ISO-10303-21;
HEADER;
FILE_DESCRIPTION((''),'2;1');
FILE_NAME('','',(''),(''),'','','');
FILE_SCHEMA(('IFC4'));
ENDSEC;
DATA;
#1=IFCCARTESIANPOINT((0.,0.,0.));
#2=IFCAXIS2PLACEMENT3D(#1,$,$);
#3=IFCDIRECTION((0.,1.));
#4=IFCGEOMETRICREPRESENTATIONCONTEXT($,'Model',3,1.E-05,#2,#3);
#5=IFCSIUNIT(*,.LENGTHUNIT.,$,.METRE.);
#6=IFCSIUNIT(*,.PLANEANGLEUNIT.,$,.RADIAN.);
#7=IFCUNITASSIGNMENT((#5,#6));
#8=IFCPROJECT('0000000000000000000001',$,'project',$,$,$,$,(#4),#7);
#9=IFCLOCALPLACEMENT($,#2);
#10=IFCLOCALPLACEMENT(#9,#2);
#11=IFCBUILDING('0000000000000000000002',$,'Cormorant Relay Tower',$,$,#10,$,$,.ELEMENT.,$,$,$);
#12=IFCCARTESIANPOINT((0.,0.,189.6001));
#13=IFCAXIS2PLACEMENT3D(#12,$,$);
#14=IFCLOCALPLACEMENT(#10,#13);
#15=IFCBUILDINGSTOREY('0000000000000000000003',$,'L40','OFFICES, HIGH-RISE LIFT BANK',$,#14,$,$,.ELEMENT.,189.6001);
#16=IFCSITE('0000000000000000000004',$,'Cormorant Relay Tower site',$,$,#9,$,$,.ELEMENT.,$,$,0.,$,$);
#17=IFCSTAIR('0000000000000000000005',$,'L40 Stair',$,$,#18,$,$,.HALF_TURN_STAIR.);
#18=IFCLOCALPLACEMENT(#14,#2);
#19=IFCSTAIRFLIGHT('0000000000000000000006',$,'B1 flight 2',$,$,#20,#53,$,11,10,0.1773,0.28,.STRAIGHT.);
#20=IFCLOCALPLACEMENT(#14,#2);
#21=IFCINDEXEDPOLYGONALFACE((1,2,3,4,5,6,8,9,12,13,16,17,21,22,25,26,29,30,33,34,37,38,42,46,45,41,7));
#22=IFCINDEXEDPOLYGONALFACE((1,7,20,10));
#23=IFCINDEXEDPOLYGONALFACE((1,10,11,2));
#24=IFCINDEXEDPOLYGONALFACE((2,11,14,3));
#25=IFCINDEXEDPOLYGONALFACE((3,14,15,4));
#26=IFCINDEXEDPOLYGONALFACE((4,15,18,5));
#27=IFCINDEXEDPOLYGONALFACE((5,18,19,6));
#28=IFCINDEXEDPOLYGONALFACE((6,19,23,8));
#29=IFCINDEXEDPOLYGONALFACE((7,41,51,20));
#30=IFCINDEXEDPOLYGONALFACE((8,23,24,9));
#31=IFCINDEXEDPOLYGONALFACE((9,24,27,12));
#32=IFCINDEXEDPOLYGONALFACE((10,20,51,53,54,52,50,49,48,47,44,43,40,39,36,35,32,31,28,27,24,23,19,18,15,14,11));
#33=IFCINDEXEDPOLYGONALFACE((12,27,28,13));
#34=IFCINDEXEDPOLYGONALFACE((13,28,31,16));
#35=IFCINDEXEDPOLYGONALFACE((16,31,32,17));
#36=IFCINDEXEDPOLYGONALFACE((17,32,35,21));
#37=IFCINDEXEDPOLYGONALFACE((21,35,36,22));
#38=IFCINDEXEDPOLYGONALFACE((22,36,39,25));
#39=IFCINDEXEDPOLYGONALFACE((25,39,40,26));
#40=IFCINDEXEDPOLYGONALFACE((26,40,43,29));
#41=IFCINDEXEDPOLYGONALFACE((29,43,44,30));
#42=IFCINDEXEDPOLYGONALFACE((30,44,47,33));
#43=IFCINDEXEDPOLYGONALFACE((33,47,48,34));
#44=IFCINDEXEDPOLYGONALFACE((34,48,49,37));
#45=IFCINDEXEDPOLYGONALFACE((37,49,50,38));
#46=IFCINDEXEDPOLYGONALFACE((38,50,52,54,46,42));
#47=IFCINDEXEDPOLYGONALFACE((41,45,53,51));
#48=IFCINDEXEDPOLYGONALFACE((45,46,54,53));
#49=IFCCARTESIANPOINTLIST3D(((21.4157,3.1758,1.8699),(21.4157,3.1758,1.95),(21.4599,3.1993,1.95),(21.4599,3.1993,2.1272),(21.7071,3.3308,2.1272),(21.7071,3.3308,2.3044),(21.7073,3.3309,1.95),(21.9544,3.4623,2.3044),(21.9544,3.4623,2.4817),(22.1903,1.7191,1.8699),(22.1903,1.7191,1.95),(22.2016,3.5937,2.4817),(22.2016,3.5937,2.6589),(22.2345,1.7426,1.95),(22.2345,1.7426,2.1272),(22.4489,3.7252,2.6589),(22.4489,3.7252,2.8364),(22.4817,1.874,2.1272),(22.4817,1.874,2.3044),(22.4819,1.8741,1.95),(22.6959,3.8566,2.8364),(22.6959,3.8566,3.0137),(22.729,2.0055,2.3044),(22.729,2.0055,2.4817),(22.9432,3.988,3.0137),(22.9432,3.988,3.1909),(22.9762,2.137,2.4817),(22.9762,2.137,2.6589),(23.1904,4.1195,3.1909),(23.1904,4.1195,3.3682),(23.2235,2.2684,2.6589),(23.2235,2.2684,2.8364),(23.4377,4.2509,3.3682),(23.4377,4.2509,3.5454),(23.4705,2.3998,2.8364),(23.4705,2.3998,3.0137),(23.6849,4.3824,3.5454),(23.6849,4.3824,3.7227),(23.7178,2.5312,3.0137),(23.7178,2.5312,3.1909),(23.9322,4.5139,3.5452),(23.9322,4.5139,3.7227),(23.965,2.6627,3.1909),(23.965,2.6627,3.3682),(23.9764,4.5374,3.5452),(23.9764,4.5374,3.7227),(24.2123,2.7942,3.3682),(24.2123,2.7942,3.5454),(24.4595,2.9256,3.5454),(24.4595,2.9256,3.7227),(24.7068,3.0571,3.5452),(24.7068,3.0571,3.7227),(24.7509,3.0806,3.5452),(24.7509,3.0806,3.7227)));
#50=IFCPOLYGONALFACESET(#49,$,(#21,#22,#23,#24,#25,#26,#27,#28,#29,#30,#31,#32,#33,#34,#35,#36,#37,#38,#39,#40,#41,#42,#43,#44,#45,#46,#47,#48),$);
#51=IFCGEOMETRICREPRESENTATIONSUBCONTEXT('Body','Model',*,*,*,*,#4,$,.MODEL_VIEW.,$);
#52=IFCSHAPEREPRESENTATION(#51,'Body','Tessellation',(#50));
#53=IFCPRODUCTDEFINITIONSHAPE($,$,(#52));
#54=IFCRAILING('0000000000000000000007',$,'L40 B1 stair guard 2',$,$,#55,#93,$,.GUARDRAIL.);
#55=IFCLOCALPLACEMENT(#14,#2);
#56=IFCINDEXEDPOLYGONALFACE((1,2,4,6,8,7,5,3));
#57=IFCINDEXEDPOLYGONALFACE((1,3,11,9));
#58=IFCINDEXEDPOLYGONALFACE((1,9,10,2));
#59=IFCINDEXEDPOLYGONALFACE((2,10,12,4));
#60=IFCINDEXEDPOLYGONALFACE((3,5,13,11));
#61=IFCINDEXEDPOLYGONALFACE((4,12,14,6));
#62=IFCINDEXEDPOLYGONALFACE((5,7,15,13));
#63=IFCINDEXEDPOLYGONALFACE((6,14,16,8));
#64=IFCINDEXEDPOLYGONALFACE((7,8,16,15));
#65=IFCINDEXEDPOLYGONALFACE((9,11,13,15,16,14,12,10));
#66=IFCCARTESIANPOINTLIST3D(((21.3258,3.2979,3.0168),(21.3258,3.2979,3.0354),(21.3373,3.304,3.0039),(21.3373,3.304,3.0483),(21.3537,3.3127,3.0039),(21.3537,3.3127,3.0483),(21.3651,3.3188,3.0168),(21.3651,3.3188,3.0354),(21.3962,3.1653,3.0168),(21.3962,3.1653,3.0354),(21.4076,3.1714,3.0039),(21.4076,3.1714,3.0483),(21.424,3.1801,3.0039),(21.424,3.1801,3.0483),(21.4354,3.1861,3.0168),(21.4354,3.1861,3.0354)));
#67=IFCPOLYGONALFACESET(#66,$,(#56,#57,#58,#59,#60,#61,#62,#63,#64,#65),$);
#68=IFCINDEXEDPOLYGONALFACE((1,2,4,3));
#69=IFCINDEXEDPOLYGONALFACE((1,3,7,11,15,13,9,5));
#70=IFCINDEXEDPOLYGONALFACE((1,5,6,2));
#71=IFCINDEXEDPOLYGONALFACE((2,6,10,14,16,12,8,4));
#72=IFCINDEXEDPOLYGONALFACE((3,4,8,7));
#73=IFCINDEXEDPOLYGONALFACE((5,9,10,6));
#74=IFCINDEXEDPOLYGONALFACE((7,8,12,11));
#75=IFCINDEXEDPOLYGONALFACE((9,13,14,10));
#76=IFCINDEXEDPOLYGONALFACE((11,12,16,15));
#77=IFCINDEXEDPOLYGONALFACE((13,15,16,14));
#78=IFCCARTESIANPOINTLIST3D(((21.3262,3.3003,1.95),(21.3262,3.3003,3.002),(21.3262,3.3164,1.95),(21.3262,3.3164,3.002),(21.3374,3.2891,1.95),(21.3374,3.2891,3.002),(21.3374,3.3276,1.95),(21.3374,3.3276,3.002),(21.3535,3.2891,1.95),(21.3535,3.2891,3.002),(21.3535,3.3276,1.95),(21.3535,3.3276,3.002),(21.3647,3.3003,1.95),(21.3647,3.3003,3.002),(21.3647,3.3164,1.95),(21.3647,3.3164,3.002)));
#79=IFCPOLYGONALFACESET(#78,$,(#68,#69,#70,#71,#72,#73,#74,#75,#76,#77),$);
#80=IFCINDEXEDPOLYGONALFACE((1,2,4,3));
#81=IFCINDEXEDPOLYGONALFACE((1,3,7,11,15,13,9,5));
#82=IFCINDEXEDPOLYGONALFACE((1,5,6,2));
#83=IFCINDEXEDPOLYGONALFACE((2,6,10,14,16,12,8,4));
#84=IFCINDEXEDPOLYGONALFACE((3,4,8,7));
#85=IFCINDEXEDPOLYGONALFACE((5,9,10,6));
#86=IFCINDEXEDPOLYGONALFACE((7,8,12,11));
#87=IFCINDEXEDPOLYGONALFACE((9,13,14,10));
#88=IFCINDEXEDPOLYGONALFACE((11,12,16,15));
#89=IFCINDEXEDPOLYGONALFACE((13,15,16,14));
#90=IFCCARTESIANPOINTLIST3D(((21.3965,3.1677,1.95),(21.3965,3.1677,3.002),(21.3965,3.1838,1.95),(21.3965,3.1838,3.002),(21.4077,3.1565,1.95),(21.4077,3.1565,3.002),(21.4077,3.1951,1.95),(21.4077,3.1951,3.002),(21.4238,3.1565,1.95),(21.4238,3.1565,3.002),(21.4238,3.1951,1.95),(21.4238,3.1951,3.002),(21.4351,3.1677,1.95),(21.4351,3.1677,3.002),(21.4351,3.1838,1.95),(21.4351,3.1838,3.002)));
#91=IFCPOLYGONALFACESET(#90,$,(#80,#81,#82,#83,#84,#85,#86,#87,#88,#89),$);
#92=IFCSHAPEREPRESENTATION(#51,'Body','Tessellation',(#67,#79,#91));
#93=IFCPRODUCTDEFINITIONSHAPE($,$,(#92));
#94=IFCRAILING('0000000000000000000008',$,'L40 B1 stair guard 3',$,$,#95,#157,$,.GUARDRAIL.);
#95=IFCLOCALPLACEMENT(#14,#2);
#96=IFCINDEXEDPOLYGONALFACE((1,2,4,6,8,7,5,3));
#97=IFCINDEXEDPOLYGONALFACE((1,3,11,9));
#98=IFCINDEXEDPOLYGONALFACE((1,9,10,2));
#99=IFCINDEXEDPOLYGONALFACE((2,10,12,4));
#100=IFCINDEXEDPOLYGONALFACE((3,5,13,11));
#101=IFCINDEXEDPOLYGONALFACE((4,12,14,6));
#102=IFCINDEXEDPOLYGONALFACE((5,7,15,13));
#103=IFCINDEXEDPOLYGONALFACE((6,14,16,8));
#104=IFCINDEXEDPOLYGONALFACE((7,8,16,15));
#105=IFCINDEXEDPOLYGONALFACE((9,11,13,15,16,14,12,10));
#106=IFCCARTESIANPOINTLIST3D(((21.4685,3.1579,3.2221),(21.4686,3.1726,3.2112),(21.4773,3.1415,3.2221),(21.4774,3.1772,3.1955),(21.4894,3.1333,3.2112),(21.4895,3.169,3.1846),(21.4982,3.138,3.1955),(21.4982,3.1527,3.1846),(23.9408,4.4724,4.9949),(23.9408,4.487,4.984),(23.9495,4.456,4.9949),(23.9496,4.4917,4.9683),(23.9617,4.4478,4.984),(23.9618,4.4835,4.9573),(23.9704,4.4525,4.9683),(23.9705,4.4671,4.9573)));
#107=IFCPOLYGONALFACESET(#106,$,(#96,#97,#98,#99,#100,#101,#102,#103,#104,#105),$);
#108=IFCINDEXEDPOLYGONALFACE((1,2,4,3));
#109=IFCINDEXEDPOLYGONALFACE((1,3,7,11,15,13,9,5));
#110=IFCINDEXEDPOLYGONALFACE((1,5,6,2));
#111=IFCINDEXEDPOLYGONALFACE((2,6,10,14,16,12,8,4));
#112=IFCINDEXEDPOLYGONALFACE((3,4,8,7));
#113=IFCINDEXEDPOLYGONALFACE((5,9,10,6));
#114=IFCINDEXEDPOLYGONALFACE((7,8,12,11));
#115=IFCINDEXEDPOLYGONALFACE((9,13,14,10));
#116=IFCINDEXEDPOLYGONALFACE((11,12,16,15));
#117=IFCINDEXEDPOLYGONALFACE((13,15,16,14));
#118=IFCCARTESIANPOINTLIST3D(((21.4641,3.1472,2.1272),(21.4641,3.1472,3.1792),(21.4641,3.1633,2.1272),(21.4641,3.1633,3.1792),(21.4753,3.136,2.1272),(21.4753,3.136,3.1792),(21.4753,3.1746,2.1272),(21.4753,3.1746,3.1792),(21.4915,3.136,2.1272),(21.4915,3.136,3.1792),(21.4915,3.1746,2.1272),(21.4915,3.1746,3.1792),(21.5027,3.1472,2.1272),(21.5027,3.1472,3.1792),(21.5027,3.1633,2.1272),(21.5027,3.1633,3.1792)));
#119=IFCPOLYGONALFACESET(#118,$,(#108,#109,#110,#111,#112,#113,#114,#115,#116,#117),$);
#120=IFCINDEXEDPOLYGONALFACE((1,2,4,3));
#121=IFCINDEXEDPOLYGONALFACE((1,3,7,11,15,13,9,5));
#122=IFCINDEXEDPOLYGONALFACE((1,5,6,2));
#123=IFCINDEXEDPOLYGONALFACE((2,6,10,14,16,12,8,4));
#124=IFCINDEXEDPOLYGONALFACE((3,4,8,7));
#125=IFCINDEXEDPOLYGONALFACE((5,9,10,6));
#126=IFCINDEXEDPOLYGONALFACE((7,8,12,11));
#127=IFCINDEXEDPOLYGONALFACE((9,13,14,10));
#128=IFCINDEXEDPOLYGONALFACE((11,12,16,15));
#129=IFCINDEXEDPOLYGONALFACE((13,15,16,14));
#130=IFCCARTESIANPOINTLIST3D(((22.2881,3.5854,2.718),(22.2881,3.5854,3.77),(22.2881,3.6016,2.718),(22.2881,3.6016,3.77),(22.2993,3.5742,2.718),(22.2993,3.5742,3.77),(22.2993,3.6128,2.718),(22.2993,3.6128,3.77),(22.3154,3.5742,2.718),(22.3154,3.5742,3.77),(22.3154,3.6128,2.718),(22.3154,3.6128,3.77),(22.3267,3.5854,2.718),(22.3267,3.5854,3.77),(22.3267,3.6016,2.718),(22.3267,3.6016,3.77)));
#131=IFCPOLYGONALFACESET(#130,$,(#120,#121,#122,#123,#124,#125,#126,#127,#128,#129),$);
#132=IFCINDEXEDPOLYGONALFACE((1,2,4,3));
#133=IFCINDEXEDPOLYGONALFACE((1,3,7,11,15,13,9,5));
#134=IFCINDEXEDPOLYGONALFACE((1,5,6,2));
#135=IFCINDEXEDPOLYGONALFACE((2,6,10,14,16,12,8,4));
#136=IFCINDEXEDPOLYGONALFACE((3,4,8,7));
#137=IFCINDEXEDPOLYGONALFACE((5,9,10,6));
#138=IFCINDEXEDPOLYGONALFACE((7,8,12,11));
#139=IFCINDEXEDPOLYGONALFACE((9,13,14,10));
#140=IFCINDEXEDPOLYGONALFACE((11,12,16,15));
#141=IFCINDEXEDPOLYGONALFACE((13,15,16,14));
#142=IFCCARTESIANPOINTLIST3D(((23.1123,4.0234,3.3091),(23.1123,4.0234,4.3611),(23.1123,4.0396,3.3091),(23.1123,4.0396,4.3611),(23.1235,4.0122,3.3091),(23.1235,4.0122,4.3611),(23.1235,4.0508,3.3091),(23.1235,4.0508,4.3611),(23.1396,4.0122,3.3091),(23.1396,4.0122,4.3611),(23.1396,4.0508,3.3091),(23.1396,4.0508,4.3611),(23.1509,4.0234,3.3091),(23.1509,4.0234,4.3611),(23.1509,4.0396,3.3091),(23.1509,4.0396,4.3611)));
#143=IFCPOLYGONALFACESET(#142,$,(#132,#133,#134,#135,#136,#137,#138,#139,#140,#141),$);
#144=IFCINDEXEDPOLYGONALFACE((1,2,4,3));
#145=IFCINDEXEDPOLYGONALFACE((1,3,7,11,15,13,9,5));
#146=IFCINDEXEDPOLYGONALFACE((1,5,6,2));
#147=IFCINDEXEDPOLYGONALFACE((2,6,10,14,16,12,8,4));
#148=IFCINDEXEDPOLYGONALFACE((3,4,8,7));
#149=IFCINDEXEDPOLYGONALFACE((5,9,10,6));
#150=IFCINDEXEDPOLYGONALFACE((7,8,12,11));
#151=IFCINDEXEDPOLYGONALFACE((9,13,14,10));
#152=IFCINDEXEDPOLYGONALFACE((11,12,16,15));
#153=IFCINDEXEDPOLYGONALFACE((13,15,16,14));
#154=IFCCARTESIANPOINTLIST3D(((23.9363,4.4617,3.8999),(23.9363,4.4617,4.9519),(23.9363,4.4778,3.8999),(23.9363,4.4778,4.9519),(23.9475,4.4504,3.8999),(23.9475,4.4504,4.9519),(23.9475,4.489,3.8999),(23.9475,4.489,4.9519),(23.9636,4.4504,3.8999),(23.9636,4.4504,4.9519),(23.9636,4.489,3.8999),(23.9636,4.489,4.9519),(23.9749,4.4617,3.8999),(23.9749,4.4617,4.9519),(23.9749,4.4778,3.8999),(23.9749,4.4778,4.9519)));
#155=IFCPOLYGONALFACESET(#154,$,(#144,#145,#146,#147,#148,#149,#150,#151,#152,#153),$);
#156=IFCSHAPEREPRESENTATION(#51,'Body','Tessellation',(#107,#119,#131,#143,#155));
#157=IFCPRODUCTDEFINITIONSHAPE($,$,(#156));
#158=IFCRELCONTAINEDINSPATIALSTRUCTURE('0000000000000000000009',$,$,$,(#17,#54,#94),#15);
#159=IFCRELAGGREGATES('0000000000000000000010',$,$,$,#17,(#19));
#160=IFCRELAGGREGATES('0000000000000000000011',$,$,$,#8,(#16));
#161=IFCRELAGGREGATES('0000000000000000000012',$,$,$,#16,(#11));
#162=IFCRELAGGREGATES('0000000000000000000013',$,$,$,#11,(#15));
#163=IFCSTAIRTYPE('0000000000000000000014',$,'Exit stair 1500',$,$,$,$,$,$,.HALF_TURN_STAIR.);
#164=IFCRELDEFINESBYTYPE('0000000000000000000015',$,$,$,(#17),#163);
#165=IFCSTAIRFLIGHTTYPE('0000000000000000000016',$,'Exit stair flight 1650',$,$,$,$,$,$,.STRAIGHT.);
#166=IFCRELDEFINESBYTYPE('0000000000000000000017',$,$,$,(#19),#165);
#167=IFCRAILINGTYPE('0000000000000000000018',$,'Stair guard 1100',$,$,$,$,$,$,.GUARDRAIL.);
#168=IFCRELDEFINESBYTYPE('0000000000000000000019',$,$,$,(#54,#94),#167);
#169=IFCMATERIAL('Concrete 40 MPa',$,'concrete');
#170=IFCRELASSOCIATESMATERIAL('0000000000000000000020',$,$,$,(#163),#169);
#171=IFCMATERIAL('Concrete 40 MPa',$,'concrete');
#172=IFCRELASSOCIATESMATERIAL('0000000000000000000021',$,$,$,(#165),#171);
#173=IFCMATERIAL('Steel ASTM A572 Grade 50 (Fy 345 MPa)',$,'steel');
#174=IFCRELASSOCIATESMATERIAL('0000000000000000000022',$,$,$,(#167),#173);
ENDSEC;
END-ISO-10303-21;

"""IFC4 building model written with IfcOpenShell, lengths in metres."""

from ifc_helpers import new_model, si_unit, direction, frame, origin, place, context, subcontext, project, spatial, polyline, outline, extrude, material, type_object, element, aggregate, save


model = new_model("IFC4")

# Units and contexts
model_context = context("Model", 3, precision=1e-05, world=origin(), true_north=direction((0.0, 1.0)))
body_context = subcontext(model_context, "Body", "Model", "MODEL_VIEW")
ifc_project = project(units=[si_unit("LENGTHUNIT", "METRE"), si_unit("PLANEANGLEUNIT", "RADIAN")], contexts=[model_context])

# Site, building, storey
site_placement = place(None, origin())
site = spatial("IfcSite", under=ifc_project, at=site_placement, Name="Cormorant Relay Tower site", CompositionType="ELEMENT", RefElevation=0.0)
building_placement = place(site_placement, origin())
building = spatial("IfcBuilding", under=site, at=building_placement, Name="Cormorant Relay Tower", CompositionType="ELEMENT")
storey_placement = place(building_placement, frame((0.0, 0.0, 189.6001)))
storey = spatial("IfcBuildingStorey", under=building, at=storey_placement, Name="L40", Description="OFFICES, HIGH-RISE LIFT BANK", CompositionType="ELEMENT", Elevation=189.6001)

# Stair, stair flight
ifc_material_1 = material(Name="Concrete 40 MPa", Category="concrete")
stair_type = type_object("IfcStairType", Name="Exit stair 1500", PredefinedType="HALF_TURN_STAIR", material=ifc_material_1)
stair_placement = place(storey_placement, origin())
stair = element("IfcStair", 1, at=stair_placement, inside=storey, type_object=stair_type, Name="L40 Stair", PredefinedType="HALF_TURN_STAIR")
ifc_material_2 = material(Name="Concrete 40 MPa", Category="concrete")
stair_flight_type = type_object("IfcStairFlightType", Name="Exit stair flight 1650", PredefinedType="STRAIGHT", material=ifc_material_2)
stair_flight_placement = place(storey_placement, frame((21.8472, 2.4709, 1.95), z_axis=(0.0, 0.0, 1.0), x_axis=(0.882948, 0.469472, 0.0)))
stair_flight = element("IfcStairFlight", 2, at=stair_flight_placement, type_object=stair_flight_type, Name="B1 flight 2", NumberOfRisers=11, NumberOfTreads=10, PredefinedType="STRAIGHT", RiserHeight=0.1773, TreadLength=0.28, context=body_context, shape_type="SweptSolid", body=[
    extrude(outline(polyline([(-0.05, -0.0801), (-0.05, 0.0), (0.0, 0.0), (0.0, 0.1772), (0.28, 0.1772), (0.28, 0.3545), (0.5601, 0.3545), (0.5601, 0.5317), (0.8401, 0.5317), (0.8401, 0.709), (1.1201, 0.709), (1.1201, 0.8865), (1.3999, 0.8865), (1.3999, 1.0637), (1.6799, 1.0637), (1.6799, 1.241), (1.96, 1.241), (1.96, 1.4182), (2.24, 1.4182), (2.24, 1.5955), (2.52, 1.5955), (2.52, 1.7727), (2.8, 1.7727), (2.8501, 1.7727), (2.8501, 1.5952), (2.8, 1.5952), (0.2803, 0.0), (-0.05, -0.0801)])), frame((0.0, 0.825, 0.0), z_axis=(0.0, -1.0, 0.0), x_axis=(1.0, 0.0, 0.0)), (0.0, 0.0, 1.0), 1.6499),
])
aggregate(stair, [stair_flight])

# Railings
ifc_material_3 = material(Name="Steel ASTM A572 Grade 50 (Fy 345 MPa)", Category="steel")
railing_type_1 = type_object("IfcRailingType", Name="Stair guard 1100", PredefinedType="GUARDRAIL", material=ifc_material_3)
railing_1_placement = place(storey_placement, frame((21.3455, 3.3083, 1.95)))
element("IfcRailing", 3, at=railing_1_placement, inside=storey, type_object=railing_type_1, Name="L40 B1 stair guard 2", PredefinedType="GUARDRAIL", context=body_context, shape_type="SweptSolid", body=[
    extrude(outline(polyline([(0.0222, 0.0093), (0.0093, 0.0222), (-0.0093, 0.0222), (-0.0222, 0.0093), (-0.0222, -0.0093), (-0.0093, -0.0222), (0.0093, -0.0222), (0.0222, -0.0093), (0.0222, 0.0093)])), frame((0.0, 0.0, 1.0762), z_axis=(0.46856, -0.883431, 0.0), x_axis=(0.883431, 0.46856, 0.0)), (0.0, 0.0, 1.0), 0.1501),
    extrude(outline(polyline([(0.0193, 0.0081), (0.0081, 0.0193), (-0.0081, 0.0193), (-0.0193, 0.0081), (-0.0193, -0.0081), (-0.0081, -0.0193), (0.0081, -0.0193), (0.0193, -0.0081), (0.0193, 0.0081)])), origin(), (0.0, 0.0, 1.0), 1.052),
    extrude(outline(polyline([(0.0193, 0.0081), (0.0081, 0.0193), (-0.0081, 0.0193), (-0.0193, 0.0081), (-0.0193, -0.0081), (-0.0081, -0.0193), (0.0081, -0.0193), (0.0193, -0.0081), (0.0193, 0.0081)])), frame((0.0703, -0.1326, 0.0)), (0.0, 0.0, 1.0), 1.052),
])
railing_2_placement = place(storey_placement, frame((21.4834, 3.1553, 2.1272)))
element("IfcRailing", 4, at=railing_2_placement, inside=storey, type_object=railing_type_1, Name="L40 B1 stair guard 3", PredefinedType="GUARDRAIL", context=body_context, shape_type="SweptSolid", body=[
    extrude(outline(polyline([(0.0222, 0.0093), (0.0093, 0.0222), (-0.0093, 0.0222), (-0.0222, 0.0093), (-0.0222, -0.0093), (-0.0093, -0.0222), (0.0093, -0.0222), (0.0222, -0.0093), (0.0222, 0.0093)])), frame((0.0, 0.0, 1.0762), z_axis=(0.746001, 0.396649, 0.534931), x_axis=(-0.469465, 0.882951, 0.0)), (0.0, 0.0, 1.0), 3.314),
    extrude(outline(polyline([(0.0193, 0.0081), (0.0081, 0.0193), (-0.0081, 0.0193), (-0.0193, 0.0081), (-0.0193, -0.0081), (-0.0081, -0.0193), (0.0081, -0.0193), (0.0193, -0.0081), (0.0193, 0.0081)])), origin(), (0.0, 0.0, 1.0), 1.052),
    extrude(outline(polyline([(0.0193, 0.0081), (0.0081, 0.0193), (-0.0081, 0.0193), (-0.0193, 0.0081), (-0.0193, -0.0081), (-0.0081, -0.0193), (0.0081, -0.0193), (0.0193, -0.0081), (0.0193, 0.0081)])), frame((0.824, 0.4382, 0.5908)), (0.0, 0.0, 1.0), 1.052),
    extrude(outline(polyline([(0.0193, 0.0081), (0.0081, 0.0193), (-0.0081, 0.0193), (-0.0193, 0.0081), (-0.0193, -0.0081), (-0.0081, -0.0193), (0.0081, -0.0193), (0.0193, -0.0081), (0.0193, 0.0081)])), frame((1.6482, 0.8762, 1.1819)), (0.0, 0.0, 1.0), 1.052),
    extrude(outline(polyline([(0.0193, 0.0081), (0.0081, 0.0193), (-0.0081, 0.0193), (-0.0193, 0.0081), (-0.0193, -0.0081), (-0.0081, -0.0193), (0.0081, -0.0193), (0.0193, -0.0081), (0.0193, 0.0081)])), frame((2.4722, 1.3145, 1.7727)), (0.0, 0.0, 1.0), 1.052),
])

save(model, "model.ifc")
